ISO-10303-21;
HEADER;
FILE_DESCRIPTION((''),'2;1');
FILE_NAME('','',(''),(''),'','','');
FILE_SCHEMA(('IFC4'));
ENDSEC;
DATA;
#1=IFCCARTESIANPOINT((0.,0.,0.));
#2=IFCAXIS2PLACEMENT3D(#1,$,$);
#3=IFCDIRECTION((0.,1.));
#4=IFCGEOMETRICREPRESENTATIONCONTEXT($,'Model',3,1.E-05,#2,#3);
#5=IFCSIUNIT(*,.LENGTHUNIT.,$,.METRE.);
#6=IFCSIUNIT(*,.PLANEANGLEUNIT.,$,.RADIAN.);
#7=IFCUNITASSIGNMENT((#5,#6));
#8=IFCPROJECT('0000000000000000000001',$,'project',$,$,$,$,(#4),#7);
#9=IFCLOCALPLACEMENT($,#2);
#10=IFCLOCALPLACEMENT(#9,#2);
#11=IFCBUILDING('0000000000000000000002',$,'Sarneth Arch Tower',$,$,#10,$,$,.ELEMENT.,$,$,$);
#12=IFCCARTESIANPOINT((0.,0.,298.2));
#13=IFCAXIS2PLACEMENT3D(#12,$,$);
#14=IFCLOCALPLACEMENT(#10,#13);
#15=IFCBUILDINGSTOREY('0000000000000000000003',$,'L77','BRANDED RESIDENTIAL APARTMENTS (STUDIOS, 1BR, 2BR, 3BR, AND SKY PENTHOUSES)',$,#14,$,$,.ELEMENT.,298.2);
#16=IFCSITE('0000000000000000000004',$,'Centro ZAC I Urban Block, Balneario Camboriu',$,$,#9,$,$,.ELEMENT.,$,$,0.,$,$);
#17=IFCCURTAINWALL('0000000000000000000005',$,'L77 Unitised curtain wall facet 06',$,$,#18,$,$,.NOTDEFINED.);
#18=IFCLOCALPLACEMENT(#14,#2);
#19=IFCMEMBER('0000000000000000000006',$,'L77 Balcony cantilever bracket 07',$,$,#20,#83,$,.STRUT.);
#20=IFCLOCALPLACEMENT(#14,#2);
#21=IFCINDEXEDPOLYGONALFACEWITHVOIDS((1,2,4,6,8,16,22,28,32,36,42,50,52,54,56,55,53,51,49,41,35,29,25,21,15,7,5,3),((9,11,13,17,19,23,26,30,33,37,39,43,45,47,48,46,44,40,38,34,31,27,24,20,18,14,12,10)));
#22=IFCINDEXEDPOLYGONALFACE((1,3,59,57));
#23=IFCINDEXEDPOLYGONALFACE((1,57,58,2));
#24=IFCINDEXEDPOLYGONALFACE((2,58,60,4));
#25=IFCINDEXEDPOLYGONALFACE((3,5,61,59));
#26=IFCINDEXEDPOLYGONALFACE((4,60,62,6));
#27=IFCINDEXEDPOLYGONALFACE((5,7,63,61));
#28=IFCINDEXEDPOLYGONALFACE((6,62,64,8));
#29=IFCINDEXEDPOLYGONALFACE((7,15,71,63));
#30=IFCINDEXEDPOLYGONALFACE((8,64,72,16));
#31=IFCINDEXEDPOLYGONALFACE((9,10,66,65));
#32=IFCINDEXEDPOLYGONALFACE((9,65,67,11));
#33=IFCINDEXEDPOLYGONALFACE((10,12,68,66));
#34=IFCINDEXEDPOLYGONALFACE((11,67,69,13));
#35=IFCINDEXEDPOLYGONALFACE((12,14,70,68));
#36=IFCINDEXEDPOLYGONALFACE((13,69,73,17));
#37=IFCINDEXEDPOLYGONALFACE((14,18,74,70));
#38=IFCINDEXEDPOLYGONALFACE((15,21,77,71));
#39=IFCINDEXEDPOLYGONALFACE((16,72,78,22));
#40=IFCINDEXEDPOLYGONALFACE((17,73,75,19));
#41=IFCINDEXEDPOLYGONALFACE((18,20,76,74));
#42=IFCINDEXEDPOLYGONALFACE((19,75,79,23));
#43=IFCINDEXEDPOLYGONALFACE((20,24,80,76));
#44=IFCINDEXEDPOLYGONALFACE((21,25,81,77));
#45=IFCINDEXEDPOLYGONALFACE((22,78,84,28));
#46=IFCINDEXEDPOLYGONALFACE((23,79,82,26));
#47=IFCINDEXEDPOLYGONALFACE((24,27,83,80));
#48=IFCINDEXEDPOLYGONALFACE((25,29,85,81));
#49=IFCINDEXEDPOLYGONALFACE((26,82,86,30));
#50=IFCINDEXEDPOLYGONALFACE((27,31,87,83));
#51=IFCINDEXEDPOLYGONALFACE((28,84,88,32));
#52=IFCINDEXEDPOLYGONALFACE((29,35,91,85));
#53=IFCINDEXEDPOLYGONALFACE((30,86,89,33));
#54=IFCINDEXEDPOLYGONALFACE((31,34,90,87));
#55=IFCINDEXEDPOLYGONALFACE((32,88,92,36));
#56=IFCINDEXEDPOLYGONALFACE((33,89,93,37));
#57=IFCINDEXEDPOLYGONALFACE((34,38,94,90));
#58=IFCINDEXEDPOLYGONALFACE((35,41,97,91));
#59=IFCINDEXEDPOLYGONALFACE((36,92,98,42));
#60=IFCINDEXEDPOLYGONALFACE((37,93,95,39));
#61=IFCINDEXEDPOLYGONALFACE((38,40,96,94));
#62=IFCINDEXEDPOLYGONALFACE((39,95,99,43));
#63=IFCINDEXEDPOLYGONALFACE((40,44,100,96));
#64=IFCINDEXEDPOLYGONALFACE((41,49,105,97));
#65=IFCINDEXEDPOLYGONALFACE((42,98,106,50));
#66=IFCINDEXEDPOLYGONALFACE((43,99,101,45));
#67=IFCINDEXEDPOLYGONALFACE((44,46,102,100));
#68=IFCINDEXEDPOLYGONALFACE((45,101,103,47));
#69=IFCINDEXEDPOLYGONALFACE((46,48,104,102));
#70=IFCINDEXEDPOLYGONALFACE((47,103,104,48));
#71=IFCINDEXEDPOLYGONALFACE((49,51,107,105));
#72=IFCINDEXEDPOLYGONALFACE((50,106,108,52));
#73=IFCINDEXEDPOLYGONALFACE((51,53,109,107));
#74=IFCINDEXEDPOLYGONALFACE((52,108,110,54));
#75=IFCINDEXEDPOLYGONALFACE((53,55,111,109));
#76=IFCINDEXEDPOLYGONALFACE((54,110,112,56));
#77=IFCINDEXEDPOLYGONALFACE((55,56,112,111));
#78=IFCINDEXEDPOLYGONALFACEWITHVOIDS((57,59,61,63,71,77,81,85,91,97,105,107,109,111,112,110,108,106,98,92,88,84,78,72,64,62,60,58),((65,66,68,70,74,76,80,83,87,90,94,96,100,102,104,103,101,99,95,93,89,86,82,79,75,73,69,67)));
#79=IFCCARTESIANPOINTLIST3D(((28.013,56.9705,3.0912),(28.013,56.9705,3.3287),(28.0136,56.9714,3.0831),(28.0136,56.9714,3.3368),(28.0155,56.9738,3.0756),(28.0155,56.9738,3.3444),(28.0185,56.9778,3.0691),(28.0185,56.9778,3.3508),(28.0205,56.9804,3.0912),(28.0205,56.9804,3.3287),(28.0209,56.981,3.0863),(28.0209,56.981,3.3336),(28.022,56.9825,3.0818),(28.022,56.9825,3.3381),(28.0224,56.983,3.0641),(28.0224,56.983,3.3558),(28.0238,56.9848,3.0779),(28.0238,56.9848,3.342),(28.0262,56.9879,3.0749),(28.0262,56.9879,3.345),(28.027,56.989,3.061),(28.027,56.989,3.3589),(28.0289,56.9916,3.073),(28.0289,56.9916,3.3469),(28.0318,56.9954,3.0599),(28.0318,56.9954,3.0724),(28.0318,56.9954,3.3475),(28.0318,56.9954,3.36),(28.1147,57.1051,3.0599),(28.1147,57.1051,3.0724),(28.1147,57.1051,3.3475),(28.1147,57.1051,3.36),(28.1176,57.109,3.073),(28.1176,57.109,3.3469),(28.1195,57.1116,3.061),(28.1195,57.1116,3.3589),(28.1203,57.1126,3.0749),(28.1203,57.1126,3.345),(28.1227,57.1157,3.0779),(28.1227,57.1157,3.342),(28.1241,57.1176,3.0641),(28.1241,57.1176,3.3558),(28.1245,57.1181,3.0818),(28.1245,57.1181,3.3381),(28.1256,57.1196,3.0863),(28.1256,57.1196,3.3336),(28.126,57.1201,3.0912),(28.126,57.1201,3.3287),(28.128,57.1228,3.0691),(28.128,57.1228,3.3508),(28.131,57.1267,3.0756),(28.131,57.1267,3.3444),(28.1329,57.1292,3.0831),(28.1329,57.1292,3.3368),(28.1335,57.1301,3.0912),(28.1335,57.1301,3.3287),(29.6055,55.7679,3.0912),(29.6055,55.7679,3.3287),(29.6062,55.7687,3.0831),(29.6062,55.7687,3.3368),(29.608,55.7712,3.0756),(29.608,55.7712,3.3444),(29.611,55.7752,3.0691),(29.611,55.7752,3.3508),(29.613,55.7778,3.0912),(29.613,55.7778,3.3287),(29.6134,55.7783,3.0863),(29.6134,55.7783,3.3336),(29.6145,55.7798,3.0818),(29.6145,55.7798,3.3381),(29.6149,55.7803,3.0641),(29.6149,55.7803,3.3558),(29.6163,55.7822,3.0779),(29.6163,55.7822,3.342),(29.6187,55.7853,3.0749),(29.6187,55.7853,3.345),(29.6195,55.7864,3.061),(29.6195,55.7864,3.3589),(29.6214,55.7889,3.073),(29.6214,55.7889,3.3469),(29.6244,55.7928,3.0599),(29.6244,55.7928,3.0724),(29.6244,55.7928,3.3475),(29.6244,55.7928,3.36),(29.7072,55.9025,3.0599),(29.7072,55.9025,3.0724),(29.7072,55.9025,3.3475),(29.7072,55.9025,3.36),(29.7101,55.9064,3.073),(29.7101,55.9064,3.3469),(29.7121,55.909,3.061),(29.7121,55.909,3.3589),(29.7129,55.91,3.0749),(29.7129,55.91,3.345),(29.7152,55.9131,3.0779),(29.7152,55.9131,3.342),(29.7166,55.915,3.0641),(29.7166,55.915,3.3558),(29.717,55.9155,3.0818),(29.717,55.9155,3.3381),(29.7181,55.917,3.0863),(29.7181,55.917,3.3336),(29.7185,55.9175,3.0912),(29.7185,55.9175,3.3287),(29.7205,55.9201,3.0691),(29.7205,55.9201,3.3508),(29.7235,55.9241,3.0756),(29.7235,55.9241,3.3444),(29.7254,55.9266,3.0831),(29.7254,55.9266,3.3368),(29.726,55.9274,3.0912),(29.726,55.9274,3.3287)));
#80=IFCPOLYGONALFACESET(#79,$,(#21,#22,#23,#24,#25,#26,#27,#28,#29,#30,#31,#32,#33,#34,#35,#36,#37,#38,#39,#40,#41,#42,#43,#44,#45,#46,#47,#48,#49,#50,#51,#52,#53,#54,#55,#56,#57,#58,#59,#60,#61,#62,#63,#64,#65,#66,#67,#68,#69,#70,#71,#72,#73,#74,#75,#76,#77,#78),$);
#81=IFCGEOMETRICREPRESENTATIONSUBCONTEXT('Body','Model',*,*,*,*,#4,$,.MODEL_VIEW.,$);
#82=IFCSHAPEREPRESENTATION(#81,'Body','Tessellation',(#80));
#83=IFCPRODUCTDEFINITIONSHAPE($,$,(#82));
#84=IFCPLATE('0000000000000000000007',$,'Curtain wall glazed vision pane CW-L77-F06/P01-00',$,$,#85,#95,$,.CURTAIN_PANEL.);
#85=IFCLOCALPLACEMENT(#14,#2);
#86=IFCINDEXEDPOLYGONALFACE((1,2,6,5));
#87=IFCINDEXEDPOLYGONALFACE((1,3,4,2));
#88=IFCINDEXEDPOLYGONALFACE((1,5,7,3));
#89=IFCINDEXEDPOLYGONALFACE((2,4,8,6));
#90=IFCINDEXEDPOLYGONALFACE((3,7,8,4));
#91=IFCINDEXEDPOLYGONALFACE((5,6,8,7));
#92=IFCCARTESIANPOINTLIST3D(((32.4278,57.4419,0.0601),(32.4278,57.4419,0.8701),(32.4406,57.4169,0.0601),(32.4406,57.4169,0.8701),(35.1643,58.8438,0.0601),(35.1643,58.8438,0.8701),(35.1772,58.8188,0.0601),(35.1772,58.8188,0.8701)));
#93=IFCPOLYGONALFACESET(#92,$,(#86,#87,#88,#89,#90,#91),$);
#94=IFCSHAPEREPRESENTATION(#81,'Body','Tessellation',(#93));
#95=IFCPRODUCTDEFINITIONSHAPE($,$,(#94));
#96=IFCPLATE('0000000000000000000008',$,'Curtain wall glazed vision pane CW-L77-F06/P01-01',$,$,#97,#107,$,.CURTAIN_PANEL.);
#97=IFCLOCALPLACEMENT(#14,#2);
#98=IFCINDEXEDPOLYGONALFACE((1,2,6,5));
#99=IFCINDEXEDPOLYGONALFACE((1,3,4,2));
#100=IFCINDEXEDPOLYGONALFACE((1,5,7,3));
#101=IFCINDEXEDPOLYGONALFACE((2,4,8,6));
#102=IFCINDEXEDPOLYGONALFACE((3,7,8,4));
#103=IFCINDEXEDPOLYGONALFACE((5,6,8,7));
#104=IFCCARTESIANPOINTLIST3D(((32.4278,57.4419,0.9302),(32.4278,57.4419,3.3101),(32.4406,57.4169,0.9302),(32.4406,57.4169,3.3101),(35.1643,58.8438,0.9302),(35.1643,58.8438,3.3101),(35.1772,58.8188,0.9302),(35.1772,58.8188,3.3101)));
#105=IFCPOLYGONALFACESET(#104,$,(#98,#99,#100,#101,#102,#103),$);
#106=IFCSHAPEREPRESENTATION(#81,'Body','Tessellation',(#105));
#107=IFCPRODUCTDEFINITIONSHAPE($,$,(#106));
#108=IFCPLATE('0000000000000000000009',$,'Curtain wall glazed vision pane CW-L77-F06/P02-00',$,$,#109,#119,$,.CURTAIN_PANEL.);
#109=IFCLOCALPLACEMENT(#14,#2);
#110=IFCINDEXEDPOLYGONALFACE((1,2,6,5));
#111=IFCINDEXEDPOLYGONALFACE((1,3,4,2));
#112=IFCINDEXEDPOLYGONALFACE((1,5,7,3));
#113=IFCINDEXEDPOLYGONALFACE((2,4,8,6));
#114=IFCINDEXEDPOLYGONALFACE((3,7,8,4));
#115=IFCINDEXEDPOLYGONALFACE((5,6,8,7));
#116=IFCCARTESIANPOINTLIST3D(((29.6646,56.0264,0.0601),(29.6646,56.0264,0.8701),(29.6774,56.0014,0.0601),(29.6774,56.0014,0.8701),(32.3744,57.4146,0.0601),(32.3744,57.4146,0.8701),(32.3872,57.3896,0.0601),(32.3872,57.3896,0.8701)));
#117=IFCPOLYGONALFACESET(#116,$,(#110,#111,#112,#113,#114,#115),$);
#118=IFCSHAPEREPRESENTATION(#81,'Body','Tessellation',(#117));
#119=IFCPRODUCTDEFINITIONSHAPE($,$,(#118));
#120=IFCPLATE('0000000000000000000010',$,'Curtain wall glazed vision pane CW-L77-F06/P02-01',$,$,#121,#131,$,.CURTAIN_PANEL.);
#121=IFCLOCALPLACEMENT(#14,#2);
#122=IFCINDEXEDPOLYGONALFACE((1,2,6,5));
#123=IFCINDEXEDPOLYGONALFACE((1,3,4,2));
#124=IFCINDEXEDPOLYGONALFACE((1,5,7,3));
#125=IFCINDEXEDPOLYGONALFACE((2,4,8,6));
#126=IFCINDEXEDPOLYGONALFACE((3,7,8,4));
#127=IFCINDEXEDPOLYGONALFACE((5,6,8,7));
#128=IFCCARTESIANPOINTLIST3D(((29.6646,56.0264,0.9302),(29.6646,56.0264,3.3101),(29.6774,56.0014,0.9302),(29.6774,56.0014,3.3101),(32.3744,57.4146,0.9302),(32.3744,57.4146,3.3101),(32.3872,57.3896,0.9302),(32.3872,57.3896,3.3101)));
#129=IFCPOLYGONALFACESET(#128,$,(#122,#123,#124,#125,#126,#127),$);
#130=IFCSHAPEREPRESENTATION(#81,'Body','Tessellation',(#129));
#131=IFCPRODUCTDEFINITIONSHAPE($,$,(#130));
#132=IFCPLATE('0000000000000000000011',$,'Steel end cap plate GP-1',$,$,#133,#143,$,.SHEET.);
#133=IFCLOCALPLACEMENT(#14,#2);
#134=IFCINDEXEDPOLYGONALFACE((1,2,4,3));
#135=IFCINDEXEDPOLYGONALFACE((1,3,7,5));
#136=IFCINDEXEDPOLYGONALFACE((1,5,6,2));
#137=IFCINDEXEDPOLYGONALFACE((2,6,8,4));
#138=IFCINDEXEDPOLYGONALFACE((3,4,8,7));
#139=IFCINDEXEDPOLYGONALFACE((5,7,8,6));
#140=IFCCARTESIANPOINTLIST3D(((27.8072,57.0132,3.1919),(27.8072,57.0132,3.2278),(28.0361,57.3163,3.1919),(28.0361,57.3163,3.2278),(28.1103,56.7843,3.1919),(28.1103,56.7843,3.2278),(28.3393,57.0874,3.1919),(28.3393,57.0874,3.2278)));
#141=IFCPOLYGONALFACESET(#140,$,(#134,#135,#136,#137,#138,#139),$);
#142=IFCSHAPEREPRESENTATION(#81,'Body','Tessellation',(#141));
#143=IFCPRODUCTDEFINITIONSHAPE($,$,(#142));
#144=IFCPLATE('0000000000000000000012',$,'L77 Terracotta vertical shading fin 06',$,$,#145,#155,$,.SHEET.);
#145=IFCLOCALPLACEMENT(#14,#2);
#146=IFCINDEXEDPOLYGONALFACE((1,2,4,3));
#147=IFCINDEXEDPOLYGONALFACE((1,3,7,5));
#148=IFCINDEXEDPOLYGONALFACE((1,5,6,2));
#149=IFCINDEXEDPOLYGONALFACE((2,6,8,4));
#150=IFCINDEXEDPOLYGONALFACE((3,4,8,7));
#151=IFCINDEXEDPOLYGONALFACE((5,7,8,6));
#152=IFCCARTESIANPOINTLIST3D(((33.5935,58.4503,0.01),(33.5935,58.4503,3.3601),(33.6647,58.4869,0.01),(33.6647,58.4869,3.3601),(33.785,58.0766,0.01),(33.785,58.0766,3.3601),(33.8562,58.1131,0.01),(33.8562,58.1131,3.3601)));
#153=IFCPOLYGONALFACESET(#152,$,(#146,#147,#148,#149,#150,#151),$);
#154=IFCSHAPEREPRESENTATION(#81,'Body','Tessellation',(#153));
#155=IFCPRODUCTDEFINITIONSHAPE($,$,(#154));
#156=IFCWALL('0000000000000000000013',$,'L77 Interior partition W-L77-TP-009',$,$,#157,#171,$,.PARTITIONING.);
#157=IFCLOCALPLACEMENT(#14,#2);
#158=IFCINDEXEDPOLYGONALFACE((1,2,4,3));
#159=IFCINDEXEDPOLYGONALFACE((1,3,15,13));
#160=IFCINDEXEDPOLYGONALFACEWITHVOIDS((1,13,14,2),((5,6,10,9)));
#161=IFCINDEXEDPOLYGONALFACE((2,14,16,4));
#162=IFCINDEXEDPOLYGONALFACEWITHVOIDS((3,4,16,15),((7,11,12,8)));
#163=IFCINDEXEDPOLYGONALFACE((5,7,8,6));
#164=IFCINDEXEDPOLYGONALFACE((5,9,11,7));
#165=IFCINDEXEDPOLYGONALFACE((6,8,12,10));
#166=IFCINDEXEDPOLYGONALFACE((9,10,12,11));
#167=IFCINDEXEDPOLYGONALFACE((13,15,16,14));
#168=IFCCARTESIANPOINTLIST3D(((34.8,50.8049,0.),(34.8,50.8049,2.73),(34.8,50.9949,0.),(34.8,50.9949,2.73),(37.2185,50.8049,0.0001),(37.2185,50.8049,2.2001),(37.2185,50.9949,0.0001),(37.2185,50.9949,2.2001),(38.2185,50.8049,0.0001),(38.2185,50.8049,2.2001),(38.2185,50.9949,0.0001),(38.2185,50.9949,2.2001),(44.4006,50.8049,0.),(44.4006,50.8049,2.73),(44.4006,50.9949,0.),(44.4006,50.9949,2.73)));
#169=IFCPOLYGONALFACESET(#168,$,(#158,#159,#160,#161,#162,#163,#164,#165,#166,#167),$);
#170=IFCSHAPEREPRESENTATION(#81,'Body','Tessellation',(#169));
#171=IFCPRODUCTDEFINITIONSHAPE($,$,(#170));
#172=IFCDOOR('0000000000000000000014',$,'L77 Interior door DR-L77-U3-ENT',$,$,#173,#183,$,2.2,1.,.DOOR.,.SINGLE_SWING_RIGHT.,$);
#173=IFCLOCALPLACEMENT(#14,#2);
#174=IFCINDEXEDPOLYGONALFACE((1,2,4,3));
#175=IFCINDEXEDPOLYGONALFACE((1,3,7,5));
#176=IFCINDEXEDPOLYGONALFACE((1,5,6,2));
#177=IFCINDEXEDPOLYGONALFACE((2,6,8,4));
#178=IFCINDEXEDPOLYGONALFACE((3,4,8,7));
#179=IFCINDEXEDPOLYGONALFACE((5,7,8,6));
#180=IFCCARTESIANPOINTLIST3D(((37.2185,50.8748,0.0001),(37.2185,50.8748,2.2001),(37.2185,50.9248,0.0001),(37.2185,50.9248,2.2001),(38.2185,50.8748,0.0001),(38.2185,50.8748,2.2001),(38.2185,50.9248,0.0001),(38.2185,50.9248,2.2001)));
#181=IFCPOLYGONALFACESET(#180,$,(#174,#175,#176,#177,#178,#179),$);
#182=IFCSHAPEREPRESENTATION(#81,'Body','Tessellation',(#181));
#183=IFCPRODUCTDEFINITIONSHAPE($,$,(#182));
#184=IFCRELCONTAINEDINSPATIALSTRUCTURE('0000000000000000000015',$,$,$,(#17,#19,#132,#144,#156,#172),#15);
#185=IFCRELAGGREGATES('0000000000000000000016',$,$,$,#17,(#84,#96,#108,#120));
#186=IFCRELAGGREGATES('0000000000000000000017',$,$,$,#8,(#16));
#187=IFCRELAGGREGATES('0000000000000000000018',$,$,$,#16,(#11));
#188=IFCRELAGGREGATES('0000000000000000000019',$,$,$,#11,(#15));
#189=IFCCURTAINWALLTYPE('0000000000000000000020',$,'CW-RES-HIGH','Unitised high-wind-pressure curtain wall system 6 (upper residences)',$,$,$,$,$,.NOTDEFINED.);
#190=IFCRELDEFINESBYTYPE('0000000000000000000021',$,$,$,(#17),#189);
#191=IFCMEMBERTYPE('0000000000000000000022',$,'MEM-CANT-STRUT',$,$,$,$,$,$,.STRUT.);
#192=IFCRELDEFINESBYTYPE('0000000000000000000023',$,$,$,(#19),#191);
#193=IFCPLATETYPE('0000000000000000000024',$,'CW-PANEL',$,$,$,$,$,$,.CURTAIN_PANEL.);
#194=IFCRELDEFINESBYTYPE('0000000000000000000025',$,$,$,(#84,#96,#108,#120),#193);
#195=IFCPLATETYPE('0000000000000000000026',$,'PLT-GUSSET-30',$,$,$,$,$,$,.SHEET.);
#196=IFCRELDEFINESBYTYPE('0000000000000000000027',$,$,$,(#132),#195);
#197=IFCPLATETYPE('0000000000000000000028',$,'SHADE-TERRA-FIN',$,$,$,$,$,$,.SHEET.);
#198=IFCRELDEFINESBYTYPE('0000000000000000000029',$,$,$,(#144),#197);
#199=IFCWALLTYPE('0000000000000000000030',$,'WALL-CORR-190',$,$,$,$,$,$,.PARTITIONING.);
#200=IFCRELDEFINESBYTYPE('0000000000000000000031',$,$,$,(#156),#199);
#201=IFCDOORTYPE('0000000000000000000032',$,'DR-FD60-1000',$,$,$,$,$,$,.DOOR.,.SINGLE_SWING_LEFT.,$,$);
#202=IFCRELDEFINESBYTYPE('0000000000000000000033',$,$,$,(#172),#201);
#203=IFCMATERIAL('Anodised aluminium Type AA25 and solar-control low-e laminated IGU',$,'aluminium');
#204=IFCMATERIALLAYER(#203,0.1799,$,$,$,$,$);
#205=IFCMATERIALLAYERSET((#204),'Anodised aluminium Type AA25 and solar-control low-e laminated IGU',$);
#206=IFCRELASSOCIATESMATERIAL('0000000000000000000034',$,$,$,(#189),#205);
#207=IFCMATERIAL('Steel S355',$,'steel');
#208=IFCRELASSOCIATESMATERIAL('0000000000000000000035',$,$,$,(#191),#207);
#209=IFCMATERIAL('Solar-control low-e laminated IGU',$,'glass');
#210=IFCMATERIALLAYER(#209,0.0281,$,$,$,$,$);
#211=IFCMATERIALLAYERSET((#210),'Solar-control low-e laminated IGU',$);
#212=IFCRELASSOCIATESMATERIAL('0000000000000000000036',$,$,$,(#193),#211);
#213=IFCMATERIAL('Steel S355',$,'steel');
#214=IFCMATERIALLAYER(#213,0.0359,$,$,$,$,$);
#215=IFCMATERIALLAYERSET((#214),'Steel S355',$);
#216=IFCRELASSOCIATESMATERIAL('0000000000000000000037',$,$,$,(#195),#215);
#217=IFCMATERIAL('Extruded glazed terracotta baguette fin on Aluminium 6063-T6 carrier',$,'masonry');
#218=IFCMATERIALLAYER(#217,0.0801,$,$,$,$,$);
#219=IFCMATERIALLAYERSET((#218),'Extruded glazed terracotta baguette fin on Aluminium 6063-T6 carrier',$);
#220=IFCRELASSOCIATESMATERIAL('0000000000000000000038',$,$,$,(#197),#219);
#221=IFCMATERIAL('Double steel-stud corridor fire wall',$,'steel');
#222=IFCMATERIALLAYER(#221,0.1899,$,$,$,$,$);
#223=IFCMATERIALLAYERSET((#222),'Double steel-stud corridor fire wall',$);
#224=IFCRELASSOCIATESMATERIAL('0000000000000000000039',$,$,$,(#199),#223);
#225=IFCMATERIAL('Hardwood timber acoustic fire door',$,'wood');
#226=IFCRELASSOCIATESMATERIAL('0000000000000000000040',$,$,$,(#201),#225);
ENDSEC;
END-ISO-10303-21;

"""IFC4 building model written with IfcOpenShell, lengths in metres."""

from ifc_helpers import new_model, si_unit, direction, frame, frame_2d, origin, origin_2d, place, context, subcontext, project, spatial, rectangle, hollow_rectangle, extrude, material, layer, layer_set, material_profile, profile_set, type_object, element, fill, aggregate, save


model = new_model("IFC4")

# Units and contexts
model_context = context("Model", 3, precision=1e-05, world=origin(), true_north=direction((0.0, 1.0)))
body_context = subcontext(model_context, "Body", "Model", "MODEL_VIEW")
ifc_project = project(units=[si_unit("LENGTHUNIT", "METRE"), si_unit("PLANEANGLEUNIT", "RADIAN")], contexts=[model_context])

# Site, building, storey
site_placement = place(None, origin())
site = spatial("IfcSite", under=ifc_project, at=site_placement, Name="Centro ZAC I Urban Block, Balneario Camboriu", CompositionType="ELEMENT", RefElevation=0.0)
building_placement = place(site_placement, origin())
building = spatial("IfcBuilding", under=site, at=building_placement, Name="Sarneth Arch Tower", CompositionType="ELEMENT")
storey_placement = place(building_placement, frame((0.0, 0.0, 298.2)))
storey = spatial("IfcBuildingStorey", under=building, at=storey_placement, Name="L77", Description="BRANDED RESIDENTIAL APARTMENTS (STUDIOS, 1BR, 2BR, 3BR, AND SKY PENTHOUSES)", CompositionType="ELEMENT", Elevation=298.2)

# Curtain wall
ifc_material_1 = material(Name="Anodised aluminium Type AA25 and solar-control low-e laminated IGU", Category="aluminium")
ifc_layer_1 = layer(ifc_material_1, 0.1799)
ifc_layer_set_1 = layer_set([ifc_layer_1], Name="Anodised aluminium Type AA25 and solar-control low-e laminated IGU")
curtain_wall_type = type_object("IfcCurtainWallType", Name="CW-RES-HIGH", Description="Unitised high-wind-pressure curtain wall system 6 (upper residences)", PredefinedType="NOTDEFINED", material=ifc_layer_set_1)
curtain_wall_placement = place(storey_placement, origin())
curtain_wall = element("IfcCurtainWall", 1, at=curtain_wall_placement, inside=storey, type_object=curtain_wall_type, Name="L77 Unitised curtain wall facet 06", PredefinedType="NOTDEFINED")

# Member
ifc_material_2 = material(Name="Steel S355", Category="steel")
ifc_material_profile_1 = material_profile(ifc_material_2, hollow_rectangle(XDim=0.2, YDim=0.3, WallThickness=0.0125, InnerFilletRadius=0.0188, OuterFilletRadius=0.0312, at=origin_2d()), Name="RHS300x200x12.5")
ifc_profile_set_1 = profile_set([ifc_material_profile_1], Name="Steel S355")
member_type_1 = type_object("IfcMemberType", Name="MEM-CANT-STRUT", PredefinedType="STRUT", material=ifc_profile_set_1)
member_1_placement = place(storey_placement, frame((29.6658, 55.8477, 3.21), z_axis=(-0.798014, 0.602639, 0.0), x_axis=(-0.602639, -0.798014, 0.0)))
element("IfcMember", 2, at=member_1_placement, inside=storey, type_object=member_type_1, Name="L77 Balcony cantilever bracket 07", PredefinedType="STRUT", context=body_context, shape_type="SweptSolid", body=[
    extrude(hollow_rectangle(XDim=0.2, YDim=0.3, WallThickness=0.0125, InnerFilletRadius=0.0188, OuterFilletRadius=0.0312, at=origin_2d()), origin(), (0.0, 0.0, 1.0), 1.9956),
])

# Plates
ifc_material_3 = material(Name="Solar-control low-e laminated IGU", Category="glass")
ifc_layer_2 = layer(ifc_material_3, 0.0281)
ifc_layer_set_2 = layer_set([ifc_layer_2], Name="Solar-control low-e laminated IGU")
plate_type_1 = type_object("IfcPlateType", Name="CW-PANEL", PredefinedType="CURTAIN_PANEL", material=ifc_layer_set_2)
plate_1_placement = place(storey_placement, frame((33.8025, 58.1304, 0.0601), z_axis=(0.0, 0.0, 1.0), x_axis=(-0.89001, -0.455942, 0.0)))
plate_1 = element("IfcPlate", 3, at=plate_1_placement, type_object=plate_type_1, Name="Curtain wall glazed vision pane CW-L77-F06/P01-00", PredefinedType="CURTAIN_PANEL", context=body_context, shape_type="SweptSolid", body=[
    extrude(rectangle(XDim=3.0747, YDim=0.0281, at=origin_2d()), origin(), (0.0, 0.0, 1.0), 0.8101),
])
plate_2_placement = place(storey_placement, frame((33.8025, 58.1304, 0.9302), z_axis=(0.0, 0.0, 1.0), x_axis=(-0.89001, -0.455942, 0.0)))
plate_2 = element("IfcPlate", 4, at=plate_2_placement, type_object=plate_type_1, Name="Curtain wall glazed vision pane CW-L77-F06/P01-01", PredefinedType="CURTAIN_PANEL", context=body_context, shape_type="SweptSolid", body=[
    extrude(rectangle(XDim=3.0747, YDim=0.0281, at=origin_2d()), origin(), (0.0, 0.0, 1.0), 2.3799),
])
plate_3_placement = place(storey_placement, frame((31.0259, 56.708, 0.0601), z_axis=(0.0, 0.0, 1.0), x_axis=(-0.89001, -0.455942, 0.0)))
plate_3 = element("IfcPlate", 5, at=plate_3_placement, type_object=plate_type_1, Name="Curtain wall glazed vision pane CW-L77-F06/P02-00", PredefinedType="CURTAIN_PANEL", context=body_context, shape_type="SweptSolid", body=[
    extrude(rectangle(XDim=3.0447, YDim=0.0281, at=origin_2d()), origin(), (0.0, 0.0, 1.0), 0.8101),
])
plate_4_placement = place(storey_placement, frame((31.0259, 56.708, 0.9302), z_axis=(0.0, 0.0, 1.0), x_axis=(-0.89001, -0.455942, 0.0)))
plate_4 = element("IfcPlate", 6, at=plate_4_placement, type_object=plate_type_1, Name="Curtain wall glazed vision pane CW-L77-F06/P02-01", PredefinedType="CURTAIN_PANEL", context=body_context, shape_type="SweptSolid", body=[
    extrude(rectangle(XDim=3.0447, YDim=0.0281, at=origin_2d()), origin(), (0.0, 0.0, 1.0), 2.3799),
])
aggregate(curtain_wall, [plate_1, plate_2, plate_3, plate_4])

# Plates
ifc_material_4 = material(Name="Steel S355", Category="steel")
ifc_layer_3 = layer(ifc_material_4, 0.0359)
ifc_layer_set_3 = layer_set([ifc_layer_3], Name="Steel S355")
plate_type_2 = type_object("IfcPlateType", Name="PLT-GUSSET-30", PredefinedType="SHEET", material=ifc_layer_set_3)
plate_5_placement = place(storey_placement, frame((28.0732, 57.0503, 3.1919), z_axis=(0.0, 0.0, 1.0), x_axis=(-0.798005, 0.602651, 0.0)))
element("IfcPlate", 7, at=plate_5_placement, inside=storey, type_object=plate_type_2, Name="Steel end cap plate GP-1", PredefinedType="SHEET", context=body_context, shape_type="SweptSolid", body=[
    extrude(rectangle(XDim=0.3799, YDim=0.3799, at=origin_2d()), origin(), (0.0, 0.0, 1.0), 0.0359),
])
ifc_material_5 = material(Name="Extruded glazed terracotta baguette fin on Aluminium 6063-T6 carrier", Category="masonry")
ifc_layer_4 = layer(ifc_material_5, 0.0801)
ifc_layer_set_4 = layer_set([ifc_layer_4], Name="Extruded glazed terracotta baguette fin on Aluminium 6063-T6 carrier")
plate_type_3 = type_object("IfcPlateType", Name="SHADE-TERRA-FIN", PredefinedType="SHEET", material=ifc_layer_set_4)
plate_6_placement = place(storey_placement, frame((33.7249, 58.2817, 0.01), z_axis=(0.0, 0.0, 1.0), x_axis=(-0.456011, 0.889974, 0.0)))
element("IfcPlate", 8, at=plate_6_placement, inside=storey, type_object=plate_type_3, Name="L77 Terracotta vertical shading fin 06", PredefinedType="SHEET", context=body_context, shape_type="SweptSolid", body=[
    extrude(rectangle(XDim=0.4199, YDim=0.0801, at=origin_2d()), origin(), (0.0, 0.0, 1.0), 3.3501),
])

# Wall, opening, door
ifc_material_6 = material(Name="Double steel-stud corridor fire wall", Category="steel")
ifc_layer_5 = layer(ifc_material_6, 0.1899)
ifc_layer_set_5 = layer_set([ifc_layer_5], Name="Double steel-stud corridor fire wall")
wall_type_1 = type_object("IfcWallType", Name="WALL-CORR-190", PredefinedType="PARTITIONING", material=ifc_layer_set_5)
wall_1_placement = place(storey_placement, frame((34.8, 50.8999, 0.0), z_axis=(0.0, 0.0, 1.0), x_axis=(1.0, 0.0, 0.0)))
wall_1 = element("IfcWall", 9, at=wall_1_placement, inside=storey, type_object=wall_type_1, Name="L77 Interior partition W-L77-TP-009", PredefinedType="PARTITIONING", context=body_context, shape_type="SweptSolid", body=[
    extrude(rectangle(XDim=9.6006, YDim=0.1899, at=frame_2d((4.8003, 0.0))), origin(), (0.0, 0.0, 1.0), 2.73),
])
opening_1_placement = place(wall_1_placement, frame((2.4185, 0.0, 0.0)))
opening_1 = element("IfcOpeningElement", 10, at=opening_1_placement, cuts=wall_1, PredefinedType="OPENING", context=body_context, shape_type="SweptSolid", body=[
    extrude(rectangle(XDim=1.0, YDim=2.2, at=frame_2d((0.5, 1.1001))), frame((0.0, 0.105, 0.0), z_axis=(0.0, -1.0, 0.0), x_axis=(1.0, 0.0, 0.0)), (0.0, 0.0, 1.0), 0.21),
])
ifc_material_7 = material(Name="Hardwood timber acoustic fire door", Category="wood")
door_type_1 = type_object("IfcDoorType", Name="DR-FD60-1000", OperationType="SINGLE_SWING_LEFT", PredefinedType="DOOR", material=ifc_material_7)
door_1_placement = place(opening_1_placement, origin())
door_1 = element("IfcDoor", 11, at=door_1_placement, inside=storey, type_object=door_type_1, Name="L77 Interior door DR-L77-U3-ENT", OperationType="SINGLE_SWING_RIGHT", OverallHeight=2.2, OverallWidth=1.0, PredefinedType="DOOR", context=body_context, shape_type="SweptSolid", body=[
    extrude(rectangle(XDim=1.0, YDim=2.2, at=frame_2d((0.5, 1.1001))), frame((0.0, 0.0249, 0.0), z_axis=(0.0, -1.0, 0.0), x_axis=(1.0, 0.0, 0.0)), (0.0, 0.0, 1.0), 0.05),
])
fill(opening_1, door_1)

save(model, "model.ifc")
